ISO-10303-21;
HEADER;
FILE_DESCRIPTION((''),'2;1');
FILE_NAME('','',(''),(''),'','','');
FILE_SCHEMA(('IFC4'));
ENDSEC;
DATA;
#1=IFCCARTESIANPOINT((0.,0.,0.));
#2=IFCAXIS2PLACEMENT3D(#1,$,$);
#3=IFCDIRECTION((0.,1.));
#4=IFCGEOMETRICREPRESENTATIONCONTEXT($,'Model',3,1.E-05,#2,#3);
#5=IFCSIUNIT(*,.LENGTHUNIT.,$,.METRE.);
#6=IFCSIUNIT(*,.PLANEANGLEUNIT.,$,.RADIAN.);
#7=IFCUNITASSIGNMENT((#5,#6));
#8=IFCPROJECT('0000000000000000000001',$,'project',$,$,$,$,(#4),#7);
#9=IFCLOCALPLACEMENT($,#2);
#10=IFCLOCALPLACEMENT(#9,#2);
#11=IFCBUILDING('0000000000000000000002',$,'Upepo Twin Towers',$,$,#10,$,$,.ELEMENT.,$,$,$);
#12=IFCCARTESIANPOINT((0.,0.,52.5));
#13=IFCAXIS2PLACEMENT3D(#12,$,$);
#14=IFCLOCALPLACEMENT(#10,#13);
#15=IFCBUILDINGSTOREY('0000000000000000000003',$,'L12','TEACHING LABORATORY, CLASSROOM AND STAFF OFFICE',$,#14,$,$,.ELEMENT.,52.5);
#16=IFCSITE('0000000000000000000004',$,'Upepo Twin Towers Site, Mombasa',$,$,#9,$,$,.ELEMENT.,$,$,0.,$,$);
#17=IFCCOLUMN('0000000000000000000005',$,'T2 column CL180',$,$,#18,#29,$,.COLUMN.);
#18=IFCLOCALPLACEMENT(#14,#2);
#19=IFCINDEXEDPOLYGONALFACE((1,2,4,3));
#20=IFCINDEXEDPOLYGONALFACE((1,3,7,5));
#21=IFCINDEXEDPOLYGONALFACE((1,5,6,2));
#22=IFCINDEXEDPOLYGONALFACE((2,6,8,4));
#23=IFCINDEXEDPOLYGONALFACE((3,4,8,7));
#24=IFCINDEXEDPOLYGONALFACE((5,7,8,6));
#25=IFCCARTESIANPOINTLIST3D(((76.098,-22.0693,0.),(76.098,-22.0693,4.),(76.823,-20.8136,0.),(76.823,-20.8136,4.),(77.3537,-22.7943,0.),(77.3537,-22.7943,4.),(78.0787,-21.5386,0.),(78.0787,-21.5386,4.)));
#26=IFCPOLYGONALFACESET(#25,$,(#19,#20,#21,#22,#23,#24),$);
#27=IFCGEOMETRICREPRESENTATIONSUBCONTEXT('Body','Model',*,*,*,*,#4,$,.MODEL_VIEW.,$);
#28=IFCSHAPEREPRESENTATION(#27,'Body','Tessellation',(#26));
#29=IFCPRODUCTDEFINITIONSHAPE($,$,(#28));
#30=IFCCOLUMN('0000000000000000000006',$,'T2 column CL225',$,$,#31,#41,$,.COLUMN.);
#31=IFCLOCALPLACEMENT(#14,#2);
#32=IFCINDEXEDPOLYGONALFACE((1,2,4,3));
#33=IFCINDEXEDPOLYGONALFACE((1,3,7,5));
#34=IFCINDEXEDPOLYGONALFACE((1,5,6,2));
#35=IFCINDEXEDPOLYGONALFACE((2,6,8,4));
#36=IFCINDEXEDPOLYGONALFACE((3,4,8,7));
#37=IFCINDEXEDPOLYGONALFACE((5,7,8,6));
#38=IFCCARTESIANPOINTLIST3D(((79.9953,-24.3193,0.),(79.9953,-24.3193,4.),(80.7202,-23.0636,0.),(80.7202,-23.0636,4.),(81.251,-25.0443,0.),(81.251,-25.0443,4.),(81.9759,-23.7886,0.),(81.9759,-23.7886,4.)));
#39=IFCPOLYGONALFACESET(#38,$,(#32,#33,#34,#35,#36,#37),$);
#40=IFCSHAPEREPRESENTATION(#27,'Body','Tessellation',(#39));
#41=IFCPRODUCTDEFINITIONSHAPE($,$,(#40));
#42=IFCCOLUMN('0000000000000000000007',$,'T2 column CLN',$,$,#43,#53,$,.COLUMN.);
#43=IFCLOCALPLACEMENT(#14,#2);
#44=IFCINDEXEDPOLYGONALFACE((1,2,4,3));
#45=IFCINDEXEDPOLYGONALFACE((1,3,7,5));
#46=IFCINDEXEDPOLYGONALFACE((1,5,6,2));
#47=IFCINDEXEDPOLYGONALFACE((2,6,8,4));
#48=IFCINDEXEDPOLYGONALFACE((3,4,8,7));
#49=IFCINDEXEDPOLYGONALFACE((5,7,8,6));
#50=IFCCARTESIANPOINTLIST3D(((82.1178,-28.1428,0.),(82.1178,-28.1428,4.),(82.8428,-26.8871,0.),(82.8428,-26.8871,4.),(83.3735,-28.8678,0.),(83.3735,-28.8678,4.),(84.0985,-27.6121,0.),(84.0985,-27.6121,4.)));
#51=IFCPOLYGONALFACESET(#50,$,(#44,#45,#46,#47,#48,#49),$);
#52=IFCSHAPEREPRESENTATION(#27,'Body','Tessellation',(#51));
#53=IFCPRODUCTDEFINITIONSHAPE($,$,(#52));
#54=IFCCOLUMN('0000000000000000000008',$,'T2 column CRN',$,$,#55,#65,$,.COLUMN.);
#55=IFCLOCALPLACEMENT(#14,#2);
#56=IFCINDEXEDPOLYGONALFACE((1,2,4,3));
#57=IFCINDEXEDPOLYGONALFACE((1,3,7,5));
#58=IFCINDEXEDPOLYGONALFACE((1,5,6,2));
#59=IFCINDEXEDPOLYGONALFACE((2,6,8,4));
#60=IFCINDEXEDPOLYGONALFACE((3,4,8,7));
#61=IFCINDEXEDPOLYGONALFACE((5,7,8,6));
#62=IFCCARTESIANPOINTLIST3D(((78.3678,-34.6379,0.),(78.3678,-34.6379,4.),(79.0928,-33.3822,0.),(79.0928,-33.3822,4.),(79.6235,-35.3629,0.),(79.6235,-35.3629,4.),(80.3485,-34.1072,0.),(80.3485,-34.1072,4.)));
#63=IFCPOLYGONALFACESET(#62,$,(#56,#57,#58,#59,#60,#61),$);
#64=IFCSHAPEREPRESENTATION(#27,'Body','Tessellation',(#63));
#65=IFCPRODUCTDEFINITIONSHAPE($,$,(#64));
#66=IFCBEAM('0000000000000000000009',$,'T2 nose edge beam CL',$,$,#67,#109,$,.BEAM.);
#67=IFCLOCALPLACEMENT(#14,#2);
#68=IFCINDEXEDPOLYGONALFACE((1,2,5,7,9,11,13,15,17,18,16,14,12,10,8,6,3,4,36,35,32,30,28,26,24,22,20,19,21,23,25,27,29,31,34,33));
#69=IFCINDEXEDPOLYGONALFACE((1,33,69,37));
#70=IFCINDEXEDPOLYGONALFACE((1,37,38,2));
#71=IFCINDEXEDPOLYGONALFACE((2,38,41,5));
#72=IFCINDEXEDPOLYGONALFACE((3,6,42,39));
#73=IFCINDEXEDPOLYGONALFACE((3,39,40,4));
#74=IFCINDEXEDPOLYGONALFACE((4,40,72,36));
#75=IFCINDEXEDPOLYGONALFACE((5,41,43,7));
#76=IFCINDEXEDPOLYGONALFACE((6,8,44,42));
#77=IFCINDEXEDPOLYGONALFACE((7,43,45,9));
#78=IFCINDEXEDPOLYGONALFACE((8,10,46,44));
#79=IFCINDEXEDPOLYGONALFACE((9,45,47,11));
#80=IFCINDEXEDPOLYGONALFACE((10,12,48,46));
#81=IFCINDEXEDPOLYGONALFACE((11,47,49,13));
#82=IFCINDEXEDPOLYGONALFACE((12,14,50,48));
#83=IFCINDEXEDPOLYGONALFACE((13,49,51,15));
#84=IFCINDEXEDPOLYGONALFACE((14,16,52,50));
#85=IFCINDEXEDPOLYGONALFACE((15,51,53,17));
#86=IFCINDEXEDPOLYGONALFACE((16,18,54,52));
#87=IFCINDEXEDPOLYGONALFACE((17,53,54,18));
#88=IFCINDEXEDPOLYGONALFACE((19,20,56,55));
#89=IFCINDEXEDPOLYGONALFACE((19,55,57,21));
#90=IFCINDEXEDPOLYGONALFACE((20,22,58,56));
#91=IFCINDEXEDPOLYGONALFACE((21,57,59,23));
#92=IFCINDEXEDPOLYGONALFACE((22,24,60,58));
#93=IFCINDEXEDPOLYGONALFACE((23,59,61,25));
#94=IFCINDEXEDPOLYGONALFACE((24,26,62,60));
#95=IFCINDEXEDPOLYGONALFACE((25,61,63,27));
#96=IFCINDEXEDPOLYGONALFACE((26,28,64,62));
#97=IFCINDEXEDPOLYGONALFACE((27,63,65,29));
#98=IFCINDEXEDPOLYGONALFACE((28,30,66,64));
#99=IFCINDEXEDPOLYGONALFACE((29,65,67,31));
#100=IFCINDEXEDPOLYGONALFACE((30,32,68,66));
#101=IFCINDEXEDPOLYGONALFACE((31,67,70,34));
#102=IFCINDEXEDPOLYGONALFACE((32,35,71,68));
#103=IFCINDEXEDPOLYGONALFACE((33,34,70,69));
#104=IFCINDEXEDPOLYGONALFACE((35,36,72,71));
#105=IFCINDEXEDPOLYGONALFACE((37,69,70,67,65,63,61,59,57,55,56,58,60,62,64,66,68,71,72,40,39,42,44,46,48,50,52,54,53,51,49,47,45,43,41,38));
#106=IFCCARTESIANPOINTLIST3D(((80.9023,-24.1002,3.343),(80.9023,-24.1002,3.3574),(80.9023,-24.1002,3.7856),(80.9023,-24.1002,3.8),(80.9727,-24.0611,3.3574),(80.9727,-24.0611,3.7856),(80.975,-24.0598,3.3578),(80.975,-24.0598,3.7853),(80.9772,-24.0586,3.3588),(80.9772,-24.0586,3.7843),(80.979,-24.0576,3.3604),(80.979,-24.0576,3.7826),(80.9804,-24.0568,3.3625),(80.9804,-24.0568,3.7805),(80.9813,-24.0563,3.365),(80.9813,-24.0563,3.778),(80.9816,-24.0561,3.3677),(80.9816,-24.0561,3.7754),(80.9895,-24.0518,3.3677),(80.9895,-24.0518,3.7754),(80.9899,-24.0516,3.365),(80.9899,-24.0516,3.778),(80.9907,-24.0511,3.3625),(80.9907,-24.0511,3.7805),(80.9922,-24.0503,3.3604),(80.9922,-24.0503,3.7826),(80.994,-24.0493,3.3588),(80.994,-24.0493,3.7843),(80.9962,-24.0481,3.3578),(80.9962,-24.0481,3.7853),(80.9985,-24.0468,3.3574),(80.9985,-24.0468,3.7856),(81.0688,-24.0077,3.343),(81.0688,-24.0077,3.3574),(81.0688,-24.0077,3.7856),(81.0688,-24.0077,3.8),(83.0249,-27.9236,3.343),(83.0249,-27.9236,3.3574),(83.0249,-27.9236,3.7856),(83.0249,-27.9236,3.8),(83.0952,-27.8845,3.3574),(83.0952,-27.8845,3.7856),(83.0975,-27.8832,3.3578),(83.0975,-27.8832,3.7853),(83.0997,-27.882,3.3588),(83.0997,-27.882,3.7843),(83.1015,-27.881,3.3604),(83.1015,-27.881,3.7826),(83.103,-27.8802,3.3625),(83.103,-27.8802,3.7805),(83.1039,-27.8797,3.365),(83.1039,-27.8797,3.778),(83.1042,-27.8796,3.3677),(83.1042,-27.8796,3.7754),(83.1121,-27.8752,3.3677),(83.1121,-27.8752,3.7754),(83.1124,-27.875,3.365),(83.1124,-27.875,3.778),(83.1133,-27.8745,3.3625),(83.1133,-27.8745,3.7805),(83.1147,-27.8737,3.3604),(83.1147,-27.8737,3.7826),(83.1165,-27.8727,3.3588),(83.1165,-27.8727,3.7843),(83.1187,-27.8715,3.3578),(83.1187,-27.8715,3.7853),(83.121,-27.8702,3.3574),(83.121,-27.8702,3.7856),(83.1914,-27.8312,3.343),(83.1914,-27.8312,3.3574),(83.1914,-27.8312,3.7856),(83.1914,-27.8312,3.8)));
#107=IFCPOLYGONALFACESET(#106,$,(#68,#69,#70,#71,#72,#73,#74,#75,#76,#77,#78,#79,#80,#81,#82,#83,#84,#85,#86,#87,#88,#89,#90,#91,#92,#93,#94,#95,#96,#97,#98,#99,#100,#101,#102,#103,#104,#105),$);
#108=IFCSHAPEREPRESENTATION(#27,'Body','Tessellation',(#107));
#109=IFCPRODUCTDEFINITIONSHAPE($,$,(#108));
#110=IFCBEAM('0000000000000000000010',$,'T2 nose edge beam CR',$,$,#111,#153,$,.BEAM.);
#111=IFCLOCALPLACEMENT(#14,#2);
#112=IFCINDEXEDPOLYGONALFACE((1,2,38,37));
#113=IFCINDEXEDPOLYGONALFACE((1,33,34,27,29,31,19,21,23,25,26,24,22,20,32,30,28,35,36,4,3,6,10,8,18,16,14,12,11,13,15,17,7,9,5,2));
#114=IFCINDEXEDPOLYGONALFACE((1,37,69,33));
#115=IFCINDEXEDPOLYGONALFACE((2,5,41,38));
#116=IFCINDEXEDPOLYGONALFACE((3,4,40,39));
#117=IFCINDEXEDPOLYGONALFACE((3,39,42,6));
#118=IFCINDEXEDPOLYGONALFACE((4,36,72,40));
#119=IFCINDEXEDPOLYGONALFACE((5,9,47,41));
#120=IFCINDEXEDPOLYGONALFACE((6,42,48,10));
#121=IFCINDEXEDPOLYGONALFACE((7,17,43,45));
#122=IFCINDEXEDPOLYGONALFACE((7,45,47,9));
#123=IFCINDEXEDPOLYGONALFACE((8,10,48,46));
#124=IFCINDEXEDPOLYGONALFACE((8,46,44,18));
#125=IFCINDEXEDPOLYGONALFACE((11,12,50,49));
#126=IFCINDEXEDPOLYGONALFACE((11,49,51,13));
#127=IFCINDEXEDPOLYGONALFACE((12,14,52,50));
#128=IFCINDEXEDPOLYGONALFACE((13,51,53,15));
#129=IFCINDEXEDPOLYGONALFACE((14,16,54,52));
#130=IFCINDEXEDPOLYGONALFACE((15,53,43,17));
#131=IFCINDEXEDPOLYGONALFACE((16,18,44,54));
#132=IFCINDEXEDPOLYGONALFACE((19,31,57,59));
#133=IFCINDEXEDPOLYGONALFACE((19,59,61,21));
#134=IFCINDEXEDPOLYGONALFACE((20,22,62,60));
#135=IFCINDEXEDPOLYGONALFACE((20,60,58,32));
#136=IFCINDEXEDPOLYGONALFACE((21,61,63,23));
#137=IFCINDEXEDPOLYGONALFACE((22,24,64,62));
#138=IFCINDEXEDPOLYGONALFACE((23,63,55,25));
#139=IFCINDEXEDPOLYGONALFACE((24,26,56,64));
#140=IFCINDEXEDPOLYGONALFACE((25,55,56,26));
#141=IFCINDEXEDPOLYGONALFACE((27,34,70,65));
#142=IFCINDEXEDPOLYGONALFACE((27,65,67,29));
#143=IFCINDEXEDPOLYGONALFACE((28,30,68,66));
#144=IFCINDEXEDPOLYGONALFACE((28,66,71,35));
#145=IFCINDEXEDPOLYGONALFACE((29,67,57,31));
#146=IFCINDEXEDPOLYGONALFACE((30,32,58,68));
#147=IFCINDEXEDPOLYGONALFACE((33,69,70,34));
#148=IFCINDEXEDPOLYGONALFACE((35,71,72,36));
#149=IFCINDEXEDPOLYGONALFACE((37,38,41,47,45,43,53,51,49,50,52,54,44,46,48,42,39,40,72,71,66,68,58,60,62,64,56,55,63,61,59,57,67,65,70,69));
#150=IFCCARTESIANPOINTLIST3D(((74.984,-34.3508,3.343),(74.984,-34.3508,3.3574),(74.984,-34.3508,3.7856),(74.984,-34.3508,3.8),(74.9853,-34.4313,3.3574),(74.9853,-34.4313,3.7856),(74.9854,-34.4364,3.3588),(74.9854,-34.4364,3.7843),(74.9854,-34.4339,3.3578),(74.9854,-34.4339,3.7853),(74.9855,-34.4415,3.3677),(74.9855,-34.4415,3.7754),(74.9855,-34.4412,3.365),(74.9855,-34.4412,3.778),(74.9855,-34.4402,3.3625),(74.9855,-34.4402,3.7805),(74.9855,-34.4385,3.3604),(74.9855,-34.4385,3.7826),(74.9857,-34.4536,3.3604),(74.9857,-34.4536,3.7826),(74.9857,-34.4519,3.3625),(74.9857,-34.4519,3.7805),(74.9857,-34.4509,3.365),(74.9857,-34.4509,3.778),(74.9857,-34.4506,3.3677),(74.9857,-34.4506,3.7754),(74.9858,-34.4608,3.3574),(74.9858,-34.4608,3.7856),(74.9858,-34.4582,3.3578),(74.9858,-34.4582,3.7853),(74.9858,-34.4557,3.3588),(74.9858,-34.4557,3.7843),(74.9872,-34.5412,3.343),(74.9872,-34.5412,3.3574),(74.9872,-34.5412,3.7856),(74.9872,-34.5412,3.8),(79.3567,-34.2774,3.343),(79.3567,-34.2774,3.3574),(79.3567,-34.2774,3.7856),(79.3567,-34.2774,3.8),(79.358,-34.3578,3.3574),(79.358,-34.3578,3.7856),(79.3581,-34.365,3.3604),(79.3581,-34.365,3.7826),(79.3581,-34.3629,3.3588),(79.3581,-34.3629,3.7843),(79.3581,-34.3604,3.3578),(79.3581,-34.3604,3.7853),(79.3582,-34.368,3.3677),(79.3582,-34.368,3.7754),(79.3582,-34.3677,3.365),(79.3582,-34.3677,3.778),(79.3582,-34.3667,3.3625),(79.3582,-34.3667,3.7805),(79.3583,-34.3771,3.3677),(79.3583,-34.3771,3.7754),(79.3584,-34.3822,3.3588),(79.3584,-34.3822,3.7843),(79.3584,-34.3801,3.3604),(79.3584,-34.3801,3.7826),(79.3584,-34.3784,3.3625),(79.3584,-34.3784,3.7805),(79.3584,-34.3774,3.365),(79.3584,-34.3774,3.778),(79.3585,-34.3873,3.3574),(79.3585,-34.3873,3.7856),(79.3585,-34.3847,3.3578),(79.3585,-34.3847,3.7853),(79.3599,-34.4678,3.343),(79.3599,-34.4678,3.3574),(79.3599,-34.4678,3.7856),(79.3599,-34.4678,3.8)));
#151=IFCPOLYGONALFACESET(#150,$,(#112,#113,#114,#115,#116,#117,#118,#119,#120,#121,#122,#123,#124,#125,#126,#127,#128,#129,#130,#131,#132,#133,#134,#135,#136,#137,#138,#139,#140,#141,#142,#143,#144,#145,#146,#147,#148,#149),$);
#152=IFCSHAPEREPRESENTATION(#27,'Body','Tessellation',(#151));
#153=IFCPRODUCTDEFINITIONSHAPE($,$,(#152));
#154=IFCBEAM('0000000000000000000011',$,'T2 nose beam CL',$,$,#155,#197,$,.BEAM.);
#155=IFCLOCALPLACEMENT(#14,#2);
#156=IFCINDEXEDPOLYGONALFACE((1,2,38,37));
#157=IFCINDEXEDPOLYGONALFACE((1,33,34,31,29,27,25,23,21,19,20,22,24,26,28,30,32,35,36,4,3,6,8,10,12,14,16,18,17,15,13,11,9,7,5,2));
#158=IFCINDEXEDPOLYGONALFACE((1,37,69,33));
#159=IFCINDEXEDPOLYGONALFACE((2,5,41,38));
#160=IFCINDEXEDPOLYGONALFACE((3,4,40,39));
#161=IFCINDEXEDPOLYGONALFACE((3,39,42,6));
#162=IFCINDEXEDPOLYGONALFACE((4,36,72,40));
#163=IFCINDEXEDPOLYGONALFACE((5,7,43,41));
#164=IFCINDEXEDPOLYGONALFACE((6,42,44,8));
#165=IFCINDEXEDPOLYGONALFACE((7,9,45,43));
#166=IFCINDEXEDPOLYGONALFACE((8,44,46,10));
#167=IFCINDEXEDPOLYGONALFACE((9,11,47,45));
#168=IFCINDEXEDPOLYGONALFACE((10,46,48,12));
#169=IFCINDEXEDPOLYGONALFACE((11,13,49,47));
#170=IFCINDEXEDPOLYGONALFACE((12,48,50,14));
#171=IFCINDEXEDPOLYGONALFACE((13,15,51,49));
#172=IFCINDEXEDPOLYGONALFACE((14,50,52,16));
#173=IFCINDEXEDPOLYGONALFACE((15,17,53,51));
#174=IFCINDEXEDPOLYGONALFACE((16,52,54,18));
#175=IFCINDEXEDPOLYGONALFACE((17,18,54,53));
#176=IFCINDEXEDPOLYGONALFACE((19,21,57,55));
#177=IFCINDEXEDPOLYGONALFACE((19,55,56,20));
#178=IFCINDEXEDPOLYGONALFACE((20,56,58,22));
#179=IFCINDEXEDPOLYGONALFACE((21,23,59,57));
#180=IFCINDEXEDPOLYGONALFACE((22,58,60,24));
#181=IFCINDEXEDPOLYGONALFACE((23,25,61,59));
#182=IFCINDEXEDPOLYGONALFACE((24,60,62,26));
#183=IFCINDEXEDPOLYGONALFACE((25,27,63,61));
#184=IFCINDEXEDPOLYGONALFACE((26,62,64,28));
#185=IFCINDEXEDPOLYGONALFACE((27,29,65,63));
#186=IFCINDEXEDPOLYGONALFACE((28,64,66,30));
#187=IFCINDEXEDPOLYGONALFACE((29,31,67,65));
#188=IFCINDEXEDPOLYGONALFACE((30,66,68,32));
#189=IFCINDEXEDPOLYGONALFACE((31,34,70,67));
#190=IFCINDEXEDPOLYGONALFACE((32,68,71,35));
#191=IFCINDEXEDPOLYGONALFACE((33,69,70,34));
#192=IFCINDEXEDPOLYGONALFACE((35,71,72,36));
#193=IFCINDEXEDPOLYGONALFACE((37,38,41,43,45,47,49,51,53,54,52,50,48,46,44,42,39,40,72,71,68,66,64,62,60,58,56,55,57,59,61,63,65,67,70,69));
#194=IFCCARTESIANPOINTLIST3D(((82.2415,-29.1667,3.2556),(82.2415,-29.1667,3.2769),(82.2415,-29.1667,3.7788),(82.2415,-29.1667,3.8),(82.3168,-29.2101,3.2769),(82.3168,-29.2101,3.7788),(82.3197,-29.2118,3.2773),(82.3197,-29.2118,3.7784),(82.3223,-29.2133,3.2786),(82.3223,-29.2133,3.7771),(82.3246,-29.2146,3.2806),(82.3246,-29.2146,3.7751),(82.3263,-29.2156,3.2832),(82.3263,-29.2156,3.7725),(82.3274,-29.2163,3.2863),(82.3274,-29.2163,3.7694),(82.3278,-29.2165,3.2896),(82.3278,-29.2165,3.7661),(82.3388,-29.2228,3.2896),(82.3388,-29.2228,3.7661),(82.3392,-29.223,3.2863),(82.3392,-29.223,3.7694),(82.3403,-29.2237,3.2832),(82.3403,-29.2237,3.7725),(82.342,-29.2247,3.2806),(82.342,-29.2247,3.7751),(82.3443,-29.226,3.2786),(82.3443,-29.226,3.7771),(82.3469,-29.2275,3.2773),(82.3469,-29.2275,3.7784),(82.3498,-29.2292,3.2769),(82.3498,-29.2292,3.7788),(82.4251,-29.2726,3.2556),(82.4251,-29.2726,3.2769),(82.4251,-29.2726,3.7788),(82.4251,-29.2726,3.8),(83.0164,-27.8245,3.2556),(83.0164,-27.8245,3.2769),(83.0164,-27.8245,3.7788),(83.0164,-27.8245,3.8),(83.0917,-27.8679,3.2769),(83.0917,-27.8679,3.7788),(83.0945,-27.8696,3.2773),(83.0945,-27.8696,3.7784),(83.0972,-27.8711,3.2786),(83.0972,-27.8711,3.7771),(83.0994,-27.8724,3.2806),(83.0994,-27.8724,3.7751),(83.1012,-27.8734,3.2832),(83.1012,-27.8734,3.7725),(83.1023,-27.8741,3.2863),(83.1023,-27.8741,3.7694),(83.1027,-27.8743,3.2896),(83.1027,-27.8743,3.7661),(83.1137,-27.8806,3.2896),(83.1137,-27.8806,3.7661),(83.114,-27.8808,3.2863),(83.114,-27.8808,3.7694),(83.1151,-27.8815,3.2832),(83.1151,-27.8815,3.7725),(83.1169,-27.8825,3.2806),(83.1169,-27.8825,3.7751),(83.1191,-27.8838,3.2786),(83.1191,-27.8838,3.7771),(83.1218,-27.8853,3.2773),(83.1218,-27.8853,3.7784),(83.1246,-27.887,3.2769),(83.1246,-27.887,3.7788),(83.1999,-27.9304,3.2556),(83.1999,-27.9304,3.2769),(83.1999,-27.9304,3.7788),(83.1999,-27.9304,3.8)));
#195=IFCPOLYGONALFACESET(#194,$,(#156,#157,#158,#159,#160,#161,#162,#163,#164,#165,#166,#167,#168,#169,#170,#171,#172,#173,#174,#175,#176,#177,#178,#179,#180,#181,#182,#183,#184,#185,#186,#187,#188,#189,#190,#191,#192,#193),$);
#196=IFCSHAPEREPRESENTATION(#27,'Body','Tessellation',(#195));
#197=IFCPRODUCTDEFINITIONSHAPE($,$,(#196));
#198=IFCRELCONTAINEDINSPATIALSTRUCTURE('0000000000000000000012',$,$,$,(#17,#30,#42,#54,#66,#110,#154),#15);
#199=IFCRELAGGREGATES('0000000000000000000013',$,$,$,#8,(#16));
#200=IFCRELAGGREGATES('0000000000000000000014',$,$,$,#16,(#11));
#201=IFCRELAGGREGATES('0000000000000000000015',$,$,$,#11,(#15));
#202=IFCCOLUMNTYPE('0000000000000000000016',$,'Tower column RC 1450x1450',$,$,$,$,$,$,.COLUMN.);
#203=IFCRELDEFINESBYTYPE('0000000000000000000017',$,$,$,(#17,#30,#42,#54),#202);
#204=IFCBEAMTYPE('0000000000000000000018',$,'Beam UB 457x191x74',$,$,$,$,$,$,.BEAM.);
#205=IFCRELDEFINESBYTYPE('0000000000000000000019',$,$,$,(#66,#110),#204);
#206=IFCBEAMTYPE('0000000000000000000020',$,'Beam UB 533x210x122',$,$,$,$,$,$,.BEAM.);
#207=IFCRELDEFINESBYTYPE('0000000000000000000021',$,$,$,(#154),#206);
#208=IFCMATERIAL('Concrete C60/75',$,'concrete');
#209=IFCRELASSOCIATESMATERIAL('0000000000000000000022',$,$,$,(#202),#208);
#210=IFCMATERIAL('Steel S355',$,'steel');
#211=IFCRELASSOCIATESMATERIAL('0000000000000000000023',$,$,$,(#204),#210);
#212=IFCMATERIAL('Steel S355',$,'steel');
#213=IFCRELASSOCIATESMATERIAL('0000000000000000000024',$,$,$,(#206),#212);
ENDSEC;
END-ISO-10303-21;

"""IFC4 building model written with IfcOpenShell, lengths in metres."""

from ifc_helpers import new_model, si_unit, direction, frame, origin, origin_2d, place, context, subcontext, project, spatial, rectangle, i_section, extrude, material, material_profile, profile_set, type_object, element, save


model = new_model("IFC4")

# Units and contexts
model_context = context("Model", 3, precision=1e-05, world=origin(), true_north=direction((0.0, 1.0)))
body_context = subcontext(model_context, "Body", "Model", "MODEL_VIEW")
ifc_project = project(units=[si_unit("LENGTHUNIT", "METRE"), si_unit("PLANEANGLEUNIT", "RADIAN")], contexts=[model_context])

# Site, building, storey
site_placement = place(None, origin())
site = spatial("IfcSite", under=ifc_project, at=site_placement, Name="Upepo Twin Towers Site, Mombasa", CompositionType="ELEMENT", RefElevation=0.0)
building_placement = place(site_placement, origin())
building = spatial("IfcBuilding", under=site, at=building_placement, Name="Upepo Twin Towers", CompositionType="ELEMENT")
storey_placement = place(building_placement, frame((0.0, 0.0, 52.5)))
storey = spatial("IfcBuildingStorey", under=building, at=storey_placement, Name="L12", Description="TEACHING LABORATORY, CLASSROOM AND STAFF OFFICE", CompositionType="ELEMENT", Elevation=52.5)

# Columns
ifc_material_1 = material(Name="Concrete C60/75", Category="concrete")
ifc_material_profile_1 = material_profile(ifc_material_1, rectangle(XDim=1.45, YDim=1.45, at=origin_2d()), Name="RC 1450x1450")
ifc_profile_set_1 = profile_set([ifc_material_profile_1], Name="Concrete C60/75")
column_type = type_object("IfcColumnType", Name="Tower column RC 1450x1450", PredefinedType="COLUMN", material=ifc_profile_set_1)
for number, where, z_axis, x_axis, name in (
    (1, (77.0884, -21.804, 0.0), (0.0, 0.0, 1.0), (0.5, 0.866025, 0.0), "T2 column CL180"),
    (2, (80.9856, -24.054, 0.0), (0.0, 0.0, 1.0), (0.5, 0.866025, 0.0), "T2 column CL225"),
    (3, (83.1082, -27.8774, 0.0), (0.0, 0.0, 1.0), (0.5, 0.866025, 0.0), "T2 column CLN"),
    (4, (79.3582, -34.3726, 0.0), (0.0, 0.0, 1.0), (0.5, 0.866025, 0.0), "T2 column CRN"),
):
    element("IfcColumn", number, at=place(storey_placement, frame(where, z_axis=z_axis, x_axis=x_axis)), inside=storey, type_object=column_type, Name=name, PredefinedType="COLUMN", context=body_context, shape_type="SweptSolid", body=[
        extrude(rectangle(XDim=1.45, YDim=1.45, at=origin_2d()), origin(), (0.0, 0.0, 1.0), 4.0),
    ])

# Beams
ifc_material_2 = material(Name="Steel S355", Category="steel")
ifc_material_profile_2 = material_profile(ifc_material_2, i_section(OverallWidth=0.1904, OverallDepth=0.457, WebThickness=0.009, FlangeThickness=0.0144, FilletRadius=0.0103, at=origin_2d()), Name="UB 457x191x74")
ifc_profile_set_2 = profile_set([ifc_material_profile_2], Name="Steel S355")
beam_type_1 = type_object("IfcBeamType", Name="Beam UB 457x191x74", PredefinedType="BEAM", material=ifc_profile_set_2)
beam_1_placement = place(storey_placement, frame((80.9856, -24.054, 3.5715), z_axis=(0.485363, -0.874313, 0.0), x_axis=(0.874313, 0.485363, 0.0)))
element("IfcBeam", 5, at=beam_1_placement, inside=storey, type_object=beam_type_1, Name="T2 nose edge beam CL", PredefinedType="BEAM", context=body_context, shape_type="SweptSolid", body=[
    extrude(i_section(OverallWidth=0.1904, OverallDepth=0.457, WebThickness=0.009, FlangeThickness=0.0144, FilletRadius=0.0103, at=origin_2d()), origin(), (0.0, 0.0, 1.0), 4.373),
])
beam_2_placement = place(storey_placement, frame((74.9856, -34.446, 3.5715), z_axis=(0.999859, 0.016804, 0.0), x_axis=(-0.016804, 0.999859, 0.0)))
element("IfcBeam", 6, at=beam_2_placement, inside=storey, type_object=beam_type_1, Name="T2 nose edge beam CR", PredefinedType="BEAM", context=body_context, shape_type="SweptSolid", body=[
    extrude(i_section(OverallWidth=0.1904, OverallDepth=0.457, WebThickness=0.009, FlangeThickness=0.0144, FilletRadius=0.0103, at=origin_2d()), origin(), (0.0, 0.0, 1.0), 4.3733),
])
ifc_material_3 = material(Name="Steel S355", Category="steel")
ifc_material_profile_3 = material_profile(ifc_material_3, i_section(OverallWidth=0.2119, OverallDepth=0.5444, WebThickness=0.0127, FlangeThickness=0.0212, FilletRadius=0.0127, at=origin_2d()), Name="UB 533x210x122")
ifc_profile_set_3 = profile_set([ifc_material_profile_3], Name="Steel S355")
beam_type_2 = type_object("IfcBeamType", Name="Beam UB 533x210x122", PredefinedType="BEAM", material=ifc_profile_set_3)
for number, where, z_axis, x_axis, name in (
    (7, (83.1082, -27.8774, 3.5278), (-0.499968, -0.866044, 0.0), (0.866044, -0.499968, 0.0), "T2 nose beam CL"),
):
    element("IfcBeam", number, at=place(storey_placement, frame(where, z_axis=z_axis, x_axis=x_axis)), inside=storey, type_object=beam_type_2, Name=name, PredefinedType="BEAM", context=body_context, shape_type="SweptSolid", body=[
        extrude(i_section(OverallWidth=0.2119, OverallDepth=0.5444, WebThickness=0.0127, FlangeThickness=0.0212, FilletRadius=0.0127, at=origin_2d()), origin(), (0.0, 0.0, 1.0), 1.5498),
    ])

save(model, "model.ifc")
